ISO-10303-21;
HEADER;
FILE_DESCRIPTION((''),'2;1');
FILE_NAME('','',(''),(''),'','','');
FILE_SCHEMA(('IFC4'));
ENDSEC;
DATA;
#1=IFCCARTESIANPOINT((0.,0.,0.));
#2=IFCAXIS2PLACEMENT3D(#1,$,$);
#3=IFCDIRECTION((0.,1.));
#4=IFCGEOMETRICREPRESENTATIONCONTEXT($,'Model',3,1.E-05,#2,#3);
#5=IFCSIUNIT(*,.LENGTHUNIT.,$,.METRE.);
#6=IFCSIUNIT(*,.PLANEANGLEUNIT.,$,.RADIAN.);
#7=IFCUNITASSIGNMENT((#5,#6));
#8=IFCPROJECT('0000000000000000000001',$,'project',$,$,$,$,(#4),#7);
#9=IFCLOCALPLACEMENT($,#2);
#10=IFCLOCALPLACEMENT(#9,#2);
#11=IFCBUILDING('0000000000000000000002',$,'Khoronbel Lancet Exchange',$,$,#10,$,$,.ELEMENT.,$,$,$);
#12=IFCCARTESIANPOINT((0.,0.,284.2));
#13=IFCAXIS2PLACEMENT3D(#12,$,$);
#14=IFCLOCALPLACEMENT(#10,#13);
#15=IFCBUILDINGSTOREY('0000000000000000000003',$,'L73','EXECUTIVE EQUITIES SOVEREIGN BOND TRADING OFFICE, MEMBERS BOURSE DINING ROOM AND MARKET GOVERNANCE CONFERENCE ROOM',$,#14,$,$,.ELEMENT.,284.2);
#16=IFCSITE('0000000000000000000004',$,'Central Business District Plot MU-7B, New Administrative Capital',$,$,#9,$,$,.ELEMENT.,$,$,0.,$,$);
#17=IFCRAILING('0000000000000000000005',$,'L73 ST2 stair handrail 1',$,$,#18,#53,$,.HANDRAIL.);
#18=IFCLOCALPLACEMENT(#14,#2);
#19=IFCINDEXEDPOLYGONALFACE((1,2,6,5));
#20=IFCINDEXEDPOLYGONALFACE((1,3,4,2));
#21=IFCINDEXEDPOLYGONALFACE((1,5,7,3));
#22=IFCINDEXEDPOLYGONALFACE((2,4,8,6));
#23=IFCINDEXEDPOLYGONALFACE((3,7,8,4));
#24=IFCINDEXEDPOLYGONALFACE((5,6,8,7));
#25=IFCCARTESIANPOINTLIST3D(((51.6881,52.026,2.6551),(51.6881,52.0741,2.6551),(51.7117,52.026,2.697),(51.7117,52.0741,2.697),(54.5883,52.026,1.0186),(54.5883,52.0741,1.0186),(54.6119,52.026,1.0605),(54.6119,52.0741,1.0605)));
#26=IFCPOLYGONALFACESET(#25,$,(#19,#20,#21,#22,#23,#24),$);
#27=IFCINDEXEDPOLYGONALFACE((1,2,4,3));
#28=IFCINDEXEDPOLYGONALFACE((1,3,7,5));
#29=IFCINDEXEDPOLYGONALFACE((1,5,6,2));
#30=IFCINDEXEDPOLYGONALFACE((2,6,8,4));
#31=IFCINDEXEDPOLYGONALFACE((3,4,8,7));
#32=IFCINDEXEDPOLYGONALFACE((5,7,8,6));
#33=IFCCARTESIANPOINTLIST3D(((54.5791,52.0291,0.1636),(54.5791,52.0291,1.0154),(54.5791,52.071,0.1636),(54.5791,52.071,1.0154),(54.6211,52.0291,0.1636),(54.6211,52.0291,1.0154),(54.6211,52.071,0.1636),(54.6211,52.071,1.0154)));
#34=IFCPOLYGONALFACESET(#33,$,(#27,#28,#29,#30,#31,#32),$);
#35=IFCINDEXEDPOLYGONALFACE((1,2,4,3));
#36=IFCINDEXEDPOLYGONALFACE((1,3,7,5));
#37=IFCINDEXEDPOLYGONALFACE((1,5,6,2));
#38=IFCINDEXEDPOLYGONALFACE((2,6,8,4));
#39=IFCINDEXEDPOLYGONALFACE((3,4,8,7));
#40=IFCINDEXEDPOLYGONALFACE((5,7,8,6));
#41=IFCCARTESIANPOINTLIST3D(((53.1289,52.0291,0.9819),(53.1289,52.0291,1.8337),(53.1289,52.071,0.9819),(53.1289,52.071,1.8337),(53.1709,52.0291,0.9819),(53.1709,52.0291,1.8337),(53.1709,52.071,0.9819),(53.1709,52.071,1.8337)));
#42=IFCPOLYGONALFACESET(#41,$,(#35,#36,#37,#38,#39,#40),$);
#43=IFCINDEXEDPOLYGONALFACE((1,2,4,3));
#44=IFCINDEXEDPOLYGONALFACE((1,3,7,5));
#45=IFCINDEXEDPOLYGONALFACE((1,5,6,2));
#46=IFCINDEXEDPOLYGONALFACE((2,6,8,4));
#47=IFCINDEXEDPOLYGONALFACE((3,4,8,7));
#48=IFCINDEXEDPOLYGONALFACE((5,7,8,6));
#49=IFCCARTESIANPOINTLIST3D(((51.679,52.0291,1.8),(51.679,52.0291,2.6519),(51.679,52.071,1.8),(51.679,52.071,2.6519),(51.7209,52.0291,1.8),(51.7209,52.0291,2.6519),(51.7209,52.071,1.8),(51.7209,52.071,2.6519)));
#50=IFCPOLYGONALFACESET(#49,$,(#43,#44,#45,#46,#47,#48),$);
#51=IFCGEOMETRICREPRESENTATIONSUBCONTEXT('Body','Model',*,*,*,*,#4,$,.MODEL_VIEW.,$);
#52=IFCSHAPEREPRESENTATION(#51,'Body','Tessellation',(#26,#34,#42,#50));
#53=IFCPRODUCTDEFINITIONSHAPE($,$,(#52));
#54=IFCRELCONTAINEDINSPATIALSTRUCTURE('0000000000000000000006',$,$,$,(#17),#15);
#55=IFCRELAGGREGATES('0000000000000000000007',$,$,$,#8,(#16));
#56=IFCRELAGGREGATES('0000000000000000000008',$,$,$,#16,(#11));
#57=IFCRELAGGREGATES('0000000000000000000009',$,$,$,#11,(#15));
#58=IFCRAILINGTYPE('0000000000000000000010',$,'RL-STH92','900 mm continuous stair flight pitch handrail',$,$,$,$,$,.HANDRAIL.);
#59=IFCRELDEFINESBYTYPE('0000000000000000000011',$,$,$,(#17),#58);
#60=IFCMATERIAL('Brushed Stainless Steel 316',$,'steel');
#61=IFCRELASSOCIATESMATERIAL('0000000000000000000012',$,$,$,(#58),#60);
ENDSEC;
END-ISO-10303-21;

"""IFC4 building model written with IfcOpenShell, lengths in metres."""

from ifc_helpers import new_model, si_unit, direction, frame, origin, origin_2d, place, context, subcontext, project, spatial, rectangle, extrude, material, type_object, element, save


model = new_model("IFC4")

# Units and contexts
model_context = context("Model", 3, precision=1e-05, world=origin(), true_north=direction((0.0, 1.0)))
body_context = subcontext(model_context, "Body", "Model", "MODEL_VIEW")
ifc_project = project(units=[si_unit("LENGTHUNIT", "METRE"), si_unit("PLANEANGLEUNIT", "RADIAN")], contexts=[model_context])

# Site, building, storey
site_placement = place(None, origin())
site = spatial("IfcSite", under=ifc_project, at=site_placement, Name="Central Business District Plot MU-7B, New Administrative Capital", CompositionType="ELEMENT", RefElevation=0.0)
building_placement = place(site_placement, origin())
building = spatial("IfcBuilding", under=site, at=building_placement, Name="Khoronbel Lancet Exchange", CompositionType="ELEMENT")
storey_placement = place(building_placement, frame((0.0, 0.0, 284.2)))
storey = spatial("IfcBuildingStorey", under=building, at=storey_placement, Name="L73", Description="EXECUTIVE EQUITIES SOVEREIGN BOND TRADING OFFICE, MEMBERS BOURSE DINING ROOM AND MARKET GOVERNANCE CONFERENCE ROOM", CompositionType="ELEMENT", Elevation=284.2)

# Railing
ifc_material_1 = material(Name="Brushed Stainless Steel 316", Category="steel")
railing_type_1 = type_object("IfcRailingType", Name="RL-STH92", Description="900 mm continuous stair flight pitch handrail", PredefinedType="HANDRAIL", material=ifc_material_1)
railing_1_placement = place(storey_placement, frame((54.6001, 52.05, 0.1636)))
element("IfcRailing", 1, at=railing_1_placement, inside=storey, type_object=railing_type_1, Name="L73 ST2 stair handrail 1", PredefinedType="HANDRAIL", context=body_context, shape_type="SweptSolid", body=[
    extrude(rectangle(XDim=0.0481, YDim=0.0481, at=origin_2d()), frame((0.0, 0.0, 0.876), z_axis=(-0.870915, 0.0, 0.491434), x_axis=(0.0, -1.0, 0.0)), (0.0, 0.0, 1.0), 3.3301),
    extrude(rectangle(XDim=0.042, YDim=0.042, at=origin_2d()), origin(), (0.0, 0.0, 1.0), 0.8518),
    extrude(rectangle(XDim=0.042, YDim=0.042, at=origin_2d()), frame((-1.4502, 0.0, 0.8184)), (0.0, 0.0, 1.0), 0.8518),
    extrude(rectangle(XDim=0.042, YDim=0.042, at=origin_2d()), frame((-2.9001, 0.0, 1.6365)), (0.0, 0.0, 1.0), 0.8518),
])

save(model, "model.ifc")
